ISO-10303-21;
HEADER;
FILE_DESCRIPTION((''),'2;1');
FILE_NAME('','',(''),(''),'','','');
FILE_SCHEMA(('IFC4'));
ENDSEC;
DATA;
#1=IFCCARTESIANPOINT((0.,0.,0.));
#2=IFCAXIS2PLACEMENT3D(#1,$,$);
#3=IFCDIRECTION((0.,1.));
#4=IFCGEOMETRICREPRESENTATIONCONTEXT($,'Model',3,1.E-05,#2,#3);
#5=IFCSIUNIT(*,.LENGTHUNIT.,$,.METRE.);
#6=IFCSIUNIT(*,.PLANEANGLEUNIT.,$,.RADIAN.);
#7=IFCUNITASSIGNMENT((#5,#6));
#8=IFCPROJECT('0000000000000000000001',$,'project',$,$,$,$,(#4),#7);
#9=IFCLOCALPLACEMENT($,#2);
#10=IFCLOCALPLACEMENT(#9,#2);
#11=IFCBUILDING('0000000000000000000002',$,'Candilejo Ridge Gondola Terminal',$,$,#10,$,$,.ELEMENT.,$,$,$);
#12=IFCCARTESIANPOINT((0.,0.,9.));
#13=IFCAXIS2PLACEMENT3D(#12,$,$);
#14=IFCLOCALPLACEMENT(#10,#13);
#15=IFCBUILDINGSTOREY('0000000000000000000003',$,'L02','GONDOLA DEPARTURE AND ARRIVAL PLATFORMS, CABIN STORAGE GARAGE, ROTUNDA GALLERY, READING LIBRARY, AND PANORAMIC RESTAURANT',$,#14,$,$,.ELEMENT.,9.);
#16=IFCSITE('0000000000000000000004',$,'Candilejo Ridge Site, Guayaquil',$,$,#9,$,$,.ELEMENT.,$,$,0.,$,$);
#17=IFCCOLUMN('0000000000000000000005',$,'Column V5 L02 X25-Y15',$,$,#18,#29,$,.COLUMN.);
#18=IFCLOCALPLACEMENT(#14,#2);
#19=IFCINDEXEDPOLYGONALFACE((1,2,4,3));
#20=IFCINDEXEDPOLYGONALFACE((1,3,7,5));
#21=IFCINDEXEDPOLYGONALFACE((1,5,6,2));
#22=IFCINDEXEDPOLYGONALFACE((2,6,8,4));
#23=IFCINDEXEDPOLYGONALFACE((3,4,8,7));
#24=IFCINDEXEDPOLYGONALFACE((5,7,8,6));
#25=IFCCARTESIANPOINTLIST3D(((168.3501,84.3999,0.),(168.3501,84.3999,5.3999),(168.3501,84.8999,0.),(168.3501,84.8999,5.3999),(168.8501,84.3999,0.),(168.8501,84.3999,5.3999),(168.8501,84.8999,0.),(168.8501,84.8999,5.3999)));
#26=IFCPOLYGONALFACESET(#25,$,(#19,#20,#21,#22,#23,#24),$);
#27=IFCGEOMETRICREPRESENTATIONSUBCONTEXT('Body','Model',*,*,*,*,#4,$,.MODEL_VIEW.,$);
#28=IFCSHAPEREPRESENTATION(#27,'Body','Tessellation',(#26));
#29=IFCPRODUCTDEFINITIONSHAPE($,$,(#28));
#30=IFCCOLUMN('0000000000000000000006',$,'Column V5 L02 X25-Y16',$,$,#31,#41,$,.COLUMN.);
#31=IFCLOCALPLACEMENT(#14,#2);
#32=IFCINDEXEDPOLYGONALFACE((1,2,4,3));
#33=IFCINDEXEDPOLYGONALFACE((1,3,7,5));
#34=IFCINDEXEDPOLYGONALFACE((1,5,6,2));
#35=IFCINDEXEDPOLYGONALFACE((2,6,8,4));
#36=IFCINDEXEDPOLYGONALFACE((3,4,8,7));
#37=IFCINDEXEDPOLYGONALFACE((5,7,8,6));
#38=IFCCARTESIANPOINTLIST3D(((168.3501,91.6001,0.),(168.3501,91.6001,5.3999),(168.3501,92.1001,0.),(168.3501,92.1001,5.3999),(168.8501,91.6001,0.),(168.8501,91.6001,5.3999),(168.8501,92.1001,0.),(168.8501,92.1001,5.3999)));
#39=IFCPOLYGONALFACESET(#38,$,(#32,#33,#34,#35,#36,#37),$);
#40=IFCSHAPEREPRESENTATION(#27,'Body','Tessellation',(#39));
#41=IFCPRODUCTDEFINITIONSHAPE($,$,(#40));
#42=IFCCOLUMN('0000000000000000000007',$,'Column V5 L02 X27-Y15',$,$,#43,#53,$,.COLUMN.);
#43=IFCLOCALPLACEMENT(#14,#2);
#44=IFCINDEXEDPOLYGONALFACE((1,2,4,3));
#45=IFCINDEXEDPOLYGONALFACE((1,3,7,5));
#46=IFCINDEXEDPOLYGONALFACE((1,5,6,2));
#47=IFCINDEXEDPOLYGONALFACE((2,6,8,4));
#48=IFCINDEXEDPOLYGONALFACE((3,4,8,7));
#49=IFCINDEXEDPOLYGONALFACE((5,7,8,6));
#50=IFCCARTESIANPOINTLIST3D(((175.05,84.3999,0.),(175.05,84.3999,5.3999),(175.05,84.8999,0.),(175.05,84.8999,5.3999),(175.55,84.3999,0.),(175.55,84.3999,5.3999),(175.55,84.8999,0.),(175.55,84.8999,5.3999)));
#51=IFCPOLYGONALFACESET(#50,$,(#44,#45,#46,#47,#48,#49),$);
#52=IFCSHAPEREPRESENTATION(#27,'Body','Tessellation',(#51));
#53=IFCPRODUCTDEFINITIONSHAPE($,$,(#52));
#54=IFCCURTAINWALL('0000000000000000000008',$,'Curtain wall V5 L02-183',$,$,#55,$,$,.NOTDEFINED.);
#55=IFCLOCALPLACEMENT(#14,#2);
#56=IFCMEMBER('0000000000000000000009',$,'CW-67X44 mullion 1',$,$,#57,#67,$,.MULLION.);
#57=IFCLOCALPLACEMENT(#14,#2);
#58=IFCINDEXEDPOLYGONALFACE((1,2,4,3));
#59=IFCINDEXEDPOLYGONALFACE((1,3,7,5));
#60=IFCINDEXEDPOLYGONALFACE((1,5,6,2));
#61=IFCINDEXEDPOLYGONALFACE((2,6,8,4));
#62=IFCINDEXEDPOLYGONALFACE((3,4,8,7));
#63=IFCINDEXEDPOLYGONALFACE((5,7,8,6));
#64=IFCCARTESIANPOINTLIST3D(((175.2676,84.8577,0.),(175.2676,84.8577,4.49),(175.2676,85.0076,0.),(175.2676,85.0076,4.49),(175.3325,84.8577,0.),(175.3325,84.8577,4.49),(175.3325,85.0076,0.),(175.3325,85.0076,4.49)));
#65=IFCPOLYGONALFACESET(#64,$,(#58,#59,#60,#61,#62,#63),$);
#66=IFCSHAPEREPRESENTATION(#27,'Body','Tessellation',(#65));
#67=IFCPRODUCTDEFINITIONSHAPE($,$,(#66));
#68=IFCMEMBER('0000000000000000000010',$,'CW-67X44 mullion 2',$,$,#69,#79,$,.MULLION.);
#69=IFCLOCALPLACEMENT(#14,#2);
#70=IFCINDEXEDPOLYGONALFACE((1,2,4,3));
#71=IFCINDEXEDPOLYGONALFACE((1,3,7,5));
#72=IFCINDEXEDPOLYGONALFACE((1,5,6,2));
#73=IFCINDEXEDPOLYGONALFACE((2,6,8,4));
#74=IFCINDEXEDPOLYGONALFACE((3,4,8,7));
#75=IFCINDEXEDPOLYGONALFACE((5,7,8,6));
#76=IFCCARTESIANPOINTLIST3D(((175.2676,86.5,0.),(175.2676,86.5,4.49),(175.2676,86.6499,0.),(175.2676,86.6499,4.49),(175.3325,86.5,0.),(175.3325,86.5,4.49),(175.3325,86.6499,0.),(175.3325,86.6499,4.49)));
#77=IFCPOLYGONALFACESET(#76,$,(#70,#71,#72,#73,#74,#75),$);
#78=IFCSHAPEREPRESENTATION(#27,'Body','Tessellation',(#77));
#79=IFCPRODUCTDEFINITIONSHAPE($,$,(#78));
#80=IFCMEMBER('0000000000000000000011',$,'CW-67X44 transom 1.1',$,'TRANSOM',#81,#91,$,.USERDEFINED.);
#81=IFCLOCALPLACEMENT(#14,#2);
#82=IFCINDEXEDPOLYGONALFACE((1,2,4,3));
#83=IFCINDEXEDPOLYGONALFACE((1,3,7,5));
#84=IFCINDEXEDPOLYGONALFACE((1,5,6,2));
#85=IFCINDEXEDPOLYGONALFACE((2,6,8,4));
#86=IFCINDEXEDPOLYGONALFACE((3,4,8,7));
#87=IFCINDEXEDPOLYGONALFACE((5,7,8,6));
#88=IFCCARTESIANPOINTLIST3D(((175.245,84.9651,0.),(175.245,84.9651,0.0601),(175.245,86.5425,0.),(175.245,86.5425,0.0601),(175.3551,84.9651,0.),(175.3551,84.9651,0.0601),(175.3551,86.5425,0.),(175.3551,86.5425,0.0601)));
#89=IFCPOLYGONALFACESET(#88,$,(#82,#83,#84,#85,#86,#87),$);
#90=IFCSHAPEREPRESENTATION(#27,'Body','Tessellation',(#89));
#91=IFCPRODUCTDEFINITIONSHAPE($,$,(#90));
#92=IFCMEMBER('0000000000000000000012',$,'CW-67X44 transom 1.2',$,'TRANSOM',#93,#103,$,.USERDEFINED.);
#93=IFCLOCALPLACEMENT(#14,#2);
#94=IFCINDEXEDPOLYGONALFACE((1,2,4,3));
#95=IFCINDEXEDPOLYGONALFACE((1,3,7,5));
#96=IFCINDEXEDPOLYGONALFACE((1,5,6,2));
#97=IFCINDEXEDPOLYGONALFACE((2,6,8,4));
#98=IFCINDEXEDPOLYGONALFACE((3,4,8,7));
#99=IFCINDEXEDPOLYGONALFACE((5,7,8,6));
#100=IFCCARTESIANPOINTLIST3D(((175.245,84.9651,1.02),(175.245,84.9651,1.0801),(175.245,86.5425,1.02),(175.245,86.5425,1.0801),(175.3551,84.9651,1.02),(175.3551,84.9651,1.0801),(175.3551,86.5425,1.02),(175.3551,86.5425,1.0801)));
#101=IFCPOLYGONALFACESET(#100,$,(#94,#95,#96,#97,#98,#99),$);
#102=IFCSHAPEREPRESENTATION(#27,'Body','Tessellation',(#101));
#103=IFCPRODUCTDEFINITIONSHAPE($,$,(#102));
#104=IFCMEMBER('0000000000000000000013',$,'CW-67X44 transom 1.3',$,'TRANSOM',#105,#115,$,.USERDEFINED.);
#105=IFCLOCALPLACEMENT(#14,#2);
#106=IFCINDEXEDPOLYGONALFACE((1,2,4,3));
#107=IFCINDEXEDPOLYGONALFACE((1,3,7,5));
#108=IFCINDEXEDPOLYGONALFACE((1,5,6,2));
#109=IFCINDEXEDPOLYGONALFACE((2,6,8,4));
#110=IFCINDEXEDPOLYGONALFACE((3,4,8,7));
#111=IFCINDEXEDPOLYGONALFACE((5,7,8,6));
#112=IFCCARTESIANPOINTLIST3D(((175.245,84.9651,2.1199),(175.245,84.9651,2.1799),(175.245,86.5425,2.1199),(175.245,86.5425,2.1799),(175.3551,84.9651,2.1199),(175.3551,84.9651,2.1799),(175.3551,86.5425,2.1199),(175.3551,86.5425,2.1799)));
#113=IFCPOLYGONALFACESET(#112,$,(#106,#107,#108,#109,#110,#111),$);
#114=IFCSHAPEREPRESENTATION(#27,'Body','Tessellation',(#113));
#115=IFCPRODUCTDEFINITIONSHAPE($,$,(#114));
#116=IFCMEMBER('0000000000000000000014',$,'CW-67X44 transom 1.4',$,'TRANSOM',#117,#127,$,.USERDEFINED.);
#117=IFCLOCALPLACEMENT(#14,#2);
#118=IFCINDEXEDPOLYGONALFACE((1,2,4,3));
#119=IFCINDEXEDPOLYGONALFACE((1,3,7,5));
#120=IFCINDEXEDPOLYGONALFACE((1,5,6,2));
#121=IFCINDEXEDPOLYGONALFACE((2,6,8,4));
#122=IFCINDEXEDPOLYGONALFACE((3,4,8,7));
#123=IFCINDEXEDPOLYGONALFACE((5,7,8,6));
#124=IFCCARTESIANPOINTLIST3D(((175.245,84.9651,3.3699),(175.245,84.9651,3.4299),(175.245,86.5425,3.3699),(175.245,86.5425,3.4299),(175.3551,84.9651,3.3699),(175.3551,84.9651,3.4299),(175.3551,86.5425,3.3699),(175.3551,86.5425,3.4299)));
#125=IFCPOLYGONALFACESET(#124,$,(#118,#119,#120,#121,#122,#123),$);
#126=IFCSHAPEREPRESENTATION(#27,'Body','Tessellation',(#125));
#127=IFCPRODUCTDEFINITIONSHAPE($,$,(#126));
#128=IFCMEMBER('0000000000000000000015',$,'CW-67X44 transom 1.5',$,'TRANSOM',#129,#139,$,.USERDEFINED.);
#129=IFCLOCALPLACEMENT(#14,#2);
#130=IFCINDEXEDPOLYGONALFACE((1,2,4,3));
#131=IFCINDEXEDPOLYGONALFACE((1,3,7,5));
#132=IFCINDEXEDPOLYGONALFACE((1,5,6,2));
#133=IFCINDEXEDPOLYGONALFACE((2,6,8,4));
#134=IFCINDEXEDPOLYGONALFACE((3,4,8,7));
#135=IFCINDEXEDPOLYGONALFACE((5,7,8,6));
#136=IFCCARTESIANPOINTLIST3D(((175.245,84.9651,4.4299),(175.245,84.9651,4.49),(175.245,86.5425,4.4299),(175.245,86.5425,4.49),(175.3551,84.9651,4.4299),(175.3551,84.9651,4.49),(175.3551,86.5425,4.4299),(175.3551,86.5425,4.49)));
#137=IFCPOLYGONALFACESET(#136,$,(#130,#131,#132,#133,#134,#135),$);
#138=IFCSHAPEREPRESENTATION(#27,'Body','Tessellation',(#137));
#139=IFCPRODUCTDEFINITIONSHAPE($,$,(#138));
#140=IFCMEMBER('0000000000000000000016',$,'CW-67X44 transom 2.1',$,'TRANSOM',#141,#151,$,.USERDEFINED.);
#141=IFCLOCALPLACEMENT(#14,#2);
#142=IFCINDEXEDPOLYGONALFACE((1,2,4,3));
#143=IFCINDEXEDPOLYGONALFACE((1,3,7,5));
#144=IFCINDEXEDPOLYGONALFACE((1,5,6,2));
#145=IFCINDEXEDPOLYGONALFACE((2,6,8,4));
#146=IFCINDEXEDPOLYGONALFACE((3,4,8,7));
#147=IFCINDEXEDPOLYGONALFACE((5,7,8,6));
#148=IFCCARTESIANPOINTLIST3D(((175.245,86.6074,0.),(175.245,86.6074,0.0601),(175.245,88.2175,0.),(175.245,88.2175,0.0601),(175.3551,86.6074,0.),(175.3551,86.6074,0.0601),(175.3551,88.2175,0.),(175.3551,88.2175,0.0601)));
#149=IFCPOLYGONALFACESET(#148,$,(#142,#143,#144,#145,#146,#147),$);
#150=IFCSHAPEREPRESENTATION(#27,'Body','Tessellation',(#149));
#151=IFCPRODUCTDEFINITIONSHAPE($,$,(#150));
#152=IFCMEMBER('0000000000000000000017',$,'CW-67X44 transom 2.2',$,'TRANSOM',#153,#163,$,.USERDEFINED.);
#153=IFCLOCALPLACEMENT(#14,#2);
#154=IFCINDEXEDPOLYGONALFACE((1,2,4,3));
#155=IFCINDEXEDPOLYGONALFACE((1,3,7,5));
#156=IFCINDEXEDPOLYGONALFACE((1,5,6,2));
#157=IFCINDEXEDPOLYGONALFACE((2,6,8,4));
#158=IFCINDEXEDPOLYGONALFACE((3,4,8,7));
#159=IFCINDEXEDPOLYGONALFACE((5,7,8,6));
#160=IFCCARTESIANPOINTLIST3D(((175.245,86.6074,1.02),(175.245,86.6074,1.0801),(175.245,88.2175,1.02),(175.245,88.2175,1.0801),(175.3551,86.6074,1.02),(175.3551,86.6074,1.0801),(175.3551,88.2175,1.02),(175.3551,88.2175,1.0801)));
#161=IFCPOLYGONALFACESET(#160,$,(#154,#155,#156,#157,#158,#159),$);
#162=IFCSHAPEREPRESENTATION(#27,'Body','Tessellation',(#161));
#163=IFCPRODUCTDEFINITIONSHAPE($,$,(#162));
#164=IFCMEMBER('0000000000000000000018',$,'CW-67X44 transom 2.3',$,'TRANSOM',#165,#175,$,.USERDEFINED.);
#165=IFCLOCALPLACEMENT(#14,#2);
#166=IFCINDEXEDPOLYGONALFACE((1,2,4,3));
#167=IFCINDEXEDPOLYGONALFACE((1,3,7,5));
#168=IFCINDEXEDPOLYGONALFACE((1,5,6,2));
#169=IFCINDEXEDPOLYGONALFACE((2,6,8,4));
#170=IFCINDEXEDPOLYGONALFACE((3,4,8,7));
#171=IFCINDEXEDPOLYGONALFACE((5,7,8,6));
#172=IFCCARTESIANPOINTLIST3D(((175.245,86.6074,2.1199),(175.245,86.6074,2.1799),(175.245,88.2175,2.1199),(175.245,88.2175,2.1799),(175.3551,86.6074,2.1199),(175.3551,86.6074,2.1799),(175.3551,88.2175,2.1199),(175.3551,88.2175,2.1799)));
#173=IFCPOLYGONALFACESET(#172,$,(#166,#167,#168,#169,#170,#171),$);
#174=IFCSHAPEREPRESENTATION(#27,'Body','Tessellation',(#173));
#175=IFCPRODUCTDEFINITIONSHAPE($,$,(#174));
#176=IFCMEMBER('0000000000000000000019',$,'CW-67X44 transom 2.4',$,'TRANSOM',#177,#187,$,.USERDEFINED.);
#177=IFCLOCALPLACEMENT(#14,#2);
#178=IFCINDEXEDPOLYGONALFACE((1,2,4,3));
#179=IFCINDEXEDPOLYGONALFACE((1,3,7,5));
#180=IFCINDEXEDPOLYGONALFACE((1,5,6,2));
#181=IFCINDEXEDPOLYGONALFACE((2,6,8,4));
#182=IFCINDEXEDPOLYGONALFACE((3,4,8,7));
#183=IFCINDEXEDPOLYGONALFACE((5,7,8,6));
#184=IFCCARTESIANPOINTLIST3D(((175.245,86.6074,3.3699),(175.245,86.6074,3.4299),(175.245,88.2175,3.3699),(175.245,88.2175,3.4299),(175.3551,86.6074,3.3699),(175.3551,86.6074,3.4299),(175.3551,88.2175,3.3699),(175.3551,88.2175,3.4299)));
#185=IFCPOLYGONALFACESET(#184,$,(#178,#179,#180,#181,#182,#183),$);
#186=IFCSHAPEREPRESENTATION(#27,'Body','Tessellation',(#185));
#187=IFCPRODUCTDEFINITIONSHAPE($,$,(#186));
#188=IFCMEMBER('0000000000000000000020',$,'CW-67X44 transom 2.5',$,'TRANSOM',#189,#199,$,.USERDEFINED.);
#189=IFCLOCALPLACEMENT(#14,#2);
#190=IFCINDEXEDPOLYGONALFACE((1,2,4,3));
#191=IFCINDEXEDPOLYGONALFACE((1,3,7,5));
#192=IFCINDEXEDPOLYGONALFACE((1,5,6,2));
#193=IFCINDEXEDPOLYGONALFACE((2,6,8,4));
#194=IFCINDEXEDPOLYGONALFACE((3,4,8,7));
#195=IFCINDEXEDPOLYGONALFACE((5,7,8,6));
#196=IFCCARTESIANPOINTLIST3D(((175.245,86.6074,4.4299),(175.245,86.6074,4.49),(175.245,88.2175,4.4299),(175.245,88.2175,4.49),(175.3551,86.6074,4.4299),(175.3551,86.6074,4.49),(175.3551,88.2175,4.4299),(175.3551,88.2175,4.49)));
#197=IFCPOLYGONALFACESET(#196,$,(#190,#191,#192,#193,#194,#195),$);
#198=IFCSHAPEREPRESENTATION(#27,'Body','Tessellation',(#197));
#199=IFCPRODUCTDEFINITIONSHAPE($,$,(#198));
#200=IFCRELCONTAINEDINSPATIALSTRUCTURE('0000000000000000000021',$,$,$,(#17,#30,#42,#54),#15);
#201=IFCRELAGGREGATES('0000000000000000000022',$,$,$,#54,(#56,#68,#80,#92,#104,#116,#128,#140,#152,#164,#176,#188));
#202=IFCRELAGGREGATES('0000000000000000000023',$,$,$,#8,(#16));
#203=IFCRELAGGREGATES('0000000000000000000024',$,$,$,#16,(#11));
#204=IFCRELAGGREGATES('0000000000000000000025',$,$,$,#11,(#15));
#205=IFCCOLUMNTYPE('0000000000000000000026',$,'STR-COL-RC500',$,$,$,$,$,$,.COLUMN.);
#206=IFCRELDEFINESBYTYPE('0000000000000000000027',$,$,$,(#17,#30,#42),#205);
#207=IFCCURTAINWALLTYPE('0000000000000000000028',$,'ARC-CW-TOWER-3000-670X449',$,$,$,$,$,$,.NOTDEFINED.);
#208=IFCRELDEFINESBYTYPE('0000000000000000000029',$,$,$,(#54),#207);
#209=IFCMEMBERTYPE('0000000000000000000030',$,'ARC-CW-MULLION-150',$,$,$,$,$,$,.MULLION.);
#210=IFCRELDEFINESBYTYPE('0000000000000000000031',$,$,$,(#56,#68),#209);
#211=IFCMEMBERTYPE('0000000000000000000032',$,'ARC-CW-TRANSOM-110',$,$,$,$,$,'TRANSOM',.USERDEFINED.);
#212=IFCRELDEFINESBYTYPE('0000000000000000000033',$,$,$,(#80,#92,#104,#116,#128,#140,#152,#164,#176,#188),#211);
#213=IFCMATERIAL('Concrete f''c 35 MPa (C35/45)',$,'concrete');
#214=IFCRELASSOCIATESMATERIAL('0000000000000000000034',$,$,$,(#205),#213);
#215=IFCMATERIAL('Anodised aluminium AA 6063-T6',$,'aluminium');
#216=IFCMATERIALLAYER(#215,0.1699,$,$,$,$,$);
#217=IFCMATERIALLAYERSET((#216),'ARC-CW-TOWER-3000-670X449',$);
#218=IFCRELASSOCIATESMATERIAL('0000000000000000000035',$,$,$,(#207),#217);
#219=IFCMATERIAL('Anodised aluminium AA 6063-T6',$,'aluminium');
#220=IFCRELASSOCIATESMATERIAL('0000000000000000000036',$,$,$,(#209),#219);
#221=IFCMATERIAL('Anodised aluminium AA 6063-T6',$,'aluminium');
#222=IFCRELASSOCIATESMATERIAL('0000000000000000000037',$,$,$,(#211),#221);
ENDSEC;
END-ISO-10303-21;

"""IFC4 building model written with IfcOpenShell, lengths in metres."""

from ifc_helpers import new_model, si_unit, direction, frame, origin, origin_2d, place, context, subcontext, project, spatial, rectangle, extrude, material, layer, layer_set, material_profile, profile_set, type_object, element, aggregate, save


model = new_model("IFC4")

# Units and contexts
model_context = context("Model", 3, precision=1e-05, world=origin(), true_north=direction((0.0, 1.0)))
body_context = subcontext(model_context, "Body", "Model", "MODEL_VIEW")
ifc_project = project(units=[si_unit("LENGTHUNIT", "METRE"), si_unit("PLANEANGLEUNIT", "RADIAN")], contexts=[model_context])

# Site, building, storey
site_placement = place(None, origin())
site = spatial("IfcSite", under=ifc_project, at=site_placement, Name="Candilejo Ridge Site, Guayaquil", CompositionType="ELEMENT", RefElevation=0.0)
building_placement = place(site_placement, origin())
building = spatial("IfcBuilding", under=site, at=building_placement, Name="Candilejo Ridge Gondola Terminal", CompositionType="ELEMENT")
storey_placement = place(building_placement, frame((0.0, 0.0, 9.0)))
storey = spatial("IfcBuildingStorey", under=building, at=storey_placement, Name="L02", Description="GONDOLA DEPARTURE AND ARRIVAL PLATFORMS, CABIN STORAGE GARAGE, ROTUNDA GALLERY, READING LIBRARY, AND PANORAMIC RESTAURANT", CompositionType="ELEMENT", Elevation=9.0)

# Columns
ifc_material_1 = material(Name="Concrete f'c 35 MPa (C35/45)", Category="concrete")
ifc_material_profile_1 = material_profile(ifc_material_1, rectangle(XDim=0.5, YDim=0.5, at=origin_2d()))
ifc_profile_set_1 = profile_set([ifc_material_profile_1], Name="Concrete f'c 35 MPa (C35/45)")
column_type = type_object("IfcColumnType", Name="STR-COL-RC500", PredefinedType="COLUMN", material=ifc_profile_set_1)
for number, where, z_axis, x_axis, name in (
    (1, (168.6001, 84.6499, 0.0), (0.0, 0.0, 1.0), (1.0, 0.0, 0.0), "Column V5 L02 X25-Y15"),
    (2, (168.6001, 91.8501, 0.0), (0.0, 0.0, 1.0), (1.0, 0.0, 0.0), "Column V5 L02 X25-Y16"),
    (3, (175.3, 84.6499, 0.0), (0.0, 0.0, 1.0), (1.0, 0.0, 0.0), "Column V5 L02 X27-Y15"),
):
    element("IfcColumn", number, at=place(storey_placement, frame(where, z_axis=z_axis, x_axis=x_axis)), inside=storey, type_object=column_type, Name=name, PredefinedType="COLUMN", context=body_context, shape_type="SweptSolid", body=[
        extrude(rectangle(XDim=0.5, YDim=0.5, at=origin_2d()), origin(), (0.0, 0.0, 1.0), 5.3999),
    ])

# Curtain wall, members
ifc_material_2 = material(Name="Anodised aluminium AA 6063-T6", Category="aluminium")
ifc_layer_1 = layer(ifc_material_2, 0.1699)
ifc_layer_set_1 = layer_set([ifc_layer_1], Name="ARC-CW-TOWER-3000-670X449")
curtain_wall_type = type_object("IfcCurtainWallType", Name="ARC-CW-TOWER-3000-670X449", PredefinedType="NOTDEFINED", material=ifc_layer_set_1)
curtain_wall_placement = place(storey_placement, origin())
curtain_wall = element("IfcCurtainWall", 4, at=curtain_wall_placement, inside=storey, type_object=curtain_wall_type, Name="Curtain wall V5 L02-183", PredefinedType="NOTDEFINED")
ifc_material_3 = material(Name="Anodised aluminium AA 6063-T6", Category="aluminium")
ifc_material_profile_2 = material_profile(ifc_material_3, rectangle(XDim=0.0649, YDim=0.1499, at=origin_2d()))
ifc_profile_set_2 = profile_set([ifc_material_profile_2], Name="Anodised aluminium AA 6063-T6")
member_type_1 = type_object("IfcMemberType", Name="ARC-CW-MULLION-150", PredefinedType="MULLION", material=ifc_profile_set_2)
member_1_placement = place(storey_placement, frame((175.3, 84.9326, 0.0), z_axis=(0.0, 0.0, 1.0), x_axis=(-1.0, 0.0, 0.0)))
member_1 = element("IfcMember", 5, at=member_1_placement, type_object=member_type_1, Name="CW-67X44 mullion 1", PredefinedType="MULLION", context=body_context, shape_type="SweptSolid", body=[
    extrude(rectangle(XDim=0.0649, YDim=0.1499, at=origin_2d()), origin(), (0.0, 0.0, 1.0), 4.49),
])
member_2_placement = place(storey_placement, frame((175.3, 86.575, 0.0), z_axis=(0.0, 0.0, 1.0), x_axis=(-1.0, 0.0, 0.0)))
member_2 = element("IfcMember", 6, at=member_2_placement, type_object=member_type_1, Name="CW-67X44 mullion 2", PredefinedType="MULLION", context=body_context, shape_type="SweptSolid", body=[
    extrude(rectangle(XDim=0.0649, YDim=0.1499, at=origin_2d()), origin(), (0.0, 0.0, 1.0), 4.49),
])
ifc_material_4 = material(Name="Anodised aluminium AA 6063-T6", Category="aluminium")
ifc_material_profile_3 = material_profile(ifc_material_4, rectangle(XDim=0.1101, YDim=0.0601, at=origin_2d()))
ifc_profile_set_3 = profile_set([ifc_material_profile_3], Name="Anodised aluminium AA 6063-T6")
member_type_2 = type_object("IfcMemberType", Name="ARC-CW-TRANSOM-110", ElementType="TRANSOM", PredefinedType="USERDEFINED", material=ifc_profile_set_3)
member_3_placement = place(storey_placement, frame((175.3, 84.9651, 0.03), z_axis=(0.0, 1.0, 0.0), x_axis=(-1.0, 0.0, 0.0)))
member_3 = element("IfcMember", 7, at=member_3_placement, type_object=member_type_2, Name="CW-67X44 transom 1.1", ObjectType="TRANSOM", PredefinedType="USERDEFINED", context=body_context, shape_type="SweptSolid", body=[
    extrude(rectangle(XDim=0.1101, YDim=0.0601, at=origin_2d()), origin(), (0.0, 0.0, 1.0), 1.5774),
])
member_4_placement = place(storey_placement, frame((175.3, 84.9651, 1.05), z_axis=(0.0, 1.0, 0.0), x_axis=(-1.0, 0.0, 0.0)))
member_4 = element("IfcMember", 8, at=member_4_placement, type_object=member_type_2, Name="CW-67X44 transom 1.2", ObjectType="TRANSOM", PredefinedType="USERDEFINED", context=body_context, shape_type="SweptSolid", body=[
    extrude(rectangle(XDim=0.1101, YDim=0.0601, at=origin_2d()), origin(), (0.0, 0.0, 1.0), 1.5774),
])
member_5_placement = place(storey_placement, frame((175.3, 84.9651, 2.1499), z_axis=(0.0, 1.0, 0.0), x_axis=(-1.0, 0.0, 0.0)))
member_5 = element("IfcMember", 9, at=member_5_placement, type_object=member_type_2, Name="CW-67X44 transom 1.3", ObjectType="TRANSOM", PredefinedType="USERDEFINED", context=body_context, shape_type="SweptSolid", body=[
    extrude(rectangle(XDim=0.1101, YDim=0.0601, at=origin_2d()), origin(), (0.0, 0.0, 1.0), 1.5774),
])
member_6_placement = place(storey_placement, frame((175.3, 84.9651, 3.3999), z_axis=(0.0, 1.0, 0.0), x_axis=(-1.0, 0.0, 0.0)))
member_6 = element("IfcMember", 10, at=member_6_placement, type_object=member_type_2, Name="CW-67X44 transom 1.4", ObjectType="TRANSOM", PredefinedType="USERDEFINED", context=body_context, shape_type="SweptSolid", body=[
    extrude(rectangle(XDim=0.1101, YDim=0.0601, at=origin_2d()), origin(), (0.0, 0.0, 1.0), 1.5774),
])
member_7_placement = place(storey_placement, frame((175.3, 84.9651, 4.46), z_axis=(0.0, 1.0, 0.0), x_axis=(-1.0, 0.0, 0.0)))
member_7 = element("IfcMember", 11, at=member_7_placement, type_object=member_type_2, Name="CW-67X44 transom 1.5", ObjectType="TRANSOM", PredefinedType="USERDEFINED", context=body_context, shape_type="SweptSolid", body=[
    extrude(rectangle(XDim=0.1101, YDim=0.0601, at=origin_2d()), origin(), (0.0, 0.0, 1.0), 1.5774),
])
member_8_placement = place(storey_placement, frame((175.3, 86.6074, 0.03), z_axis=(0.0, 1.0, 0.0), x_axis=(-1.0, 0.0, 0.0)))
member_8 = element("IfcMember", 12, at=member_8_placement, type_object=member_type_2, Name="CW-67X44 transom 2.1", ObjectType="TRANSOM", PredefinedType="USERDEFINED", context=body_context, shape_type="SweptSolid", body=[
    extrude(rectangle(XDim=0.1101, YDim=0.0601, at=origin_2d()), origin(), (0.0, 0.0, 1.0), 1.6101),
])
member_9_placement = place(storey_placement, frame((175.3, 86.6074, 1.05), z_axis=(0.0, 1.0, 0.0), x_axis=(-1.0, 0.0, 0.0)))
member_9 = element("IfcMember", 13, at=member_9_placement, type_object=member_type_2, Name="CW-67X44 transom 2.2", ObjectType="TRANSOM", PredefinedType="USERDEFINED", context=body_context, shape_type="SweptSolid", body=[
    extrude(rectangle(XDim=0.1101, YDim=0.0601, at=origin_2d()), origin(), (0.0, 0.0, 1.0), 1.6101),
])
member_10_placement = place(storey_placement, frame((175.3, 86.6074, 2.1499), z_axis=(0.0, 1.0, 0.0), x_axis=(-1.0, 0.0, 0.0)))
member_10 = element("IfcMember", 14, at=member_10_placement, type_object=member_type_2, Name="CW-67X44 transom 2.3", ObjectType="TRANSOM", PredefinedType="USERDEFINED", context=body_context, shape_type="SweptSolid", body=[
    extrude(rectangle(XDim=0.1101, YDim=0.0601, at=origin_2d()), origin(), (0.0, 0.0, 1.0), 1.6101),
])
member_11_placement = place(storey_placement, frame((175.3, 86.6074, 3.3999), z_axis=(0.0, 1.0, 0.0), x_axis=(-1.0, 0.0, 0.0)))
member_11 = element("IfcMember", 15, at=member_11_placement, type_object=member_type_2, Name="CW-67X44 transom 2.4", ObjectType="TRANSOM", PredefinedType="USERDEFINED", context=body_context, shape_type="SweptSolid", body=[
    extrude(rectangle(XDim=0.1101, YDim=0.0601, at=origin_2d()), origin(), (0.0, 0.0, 1.0), 1.6101),
])
member_12_placement = place(storey_placement, frame((175.3, 86.6074, 4.46), z_axis=(0.0, 1.0, 0.0), x_axis=(-1.0, 0.0, 0.0)))
member_12 = element("IfcMember", 16, at=member_12_placement, type_object=member_type_2, Name="CW-67X44 transom 2.5", ObjectType="TRANSOM", PredefinedType="USERDEFINED", context=body_context, shape_type="SweptSolid", body=[
    extrude(rectangle(XDim=0.1101, YDim=0.0601, at=origin_2d()), origin(), (0.0, 0.0, 1.0), 1.6101),
])

aggregate(curtain_wall, [member_1, member_2, member_3, member_4, member_5, member_6, member_7, member_8, member_9, member_10, member_11, member_12])

save(model, "model.ifc")
